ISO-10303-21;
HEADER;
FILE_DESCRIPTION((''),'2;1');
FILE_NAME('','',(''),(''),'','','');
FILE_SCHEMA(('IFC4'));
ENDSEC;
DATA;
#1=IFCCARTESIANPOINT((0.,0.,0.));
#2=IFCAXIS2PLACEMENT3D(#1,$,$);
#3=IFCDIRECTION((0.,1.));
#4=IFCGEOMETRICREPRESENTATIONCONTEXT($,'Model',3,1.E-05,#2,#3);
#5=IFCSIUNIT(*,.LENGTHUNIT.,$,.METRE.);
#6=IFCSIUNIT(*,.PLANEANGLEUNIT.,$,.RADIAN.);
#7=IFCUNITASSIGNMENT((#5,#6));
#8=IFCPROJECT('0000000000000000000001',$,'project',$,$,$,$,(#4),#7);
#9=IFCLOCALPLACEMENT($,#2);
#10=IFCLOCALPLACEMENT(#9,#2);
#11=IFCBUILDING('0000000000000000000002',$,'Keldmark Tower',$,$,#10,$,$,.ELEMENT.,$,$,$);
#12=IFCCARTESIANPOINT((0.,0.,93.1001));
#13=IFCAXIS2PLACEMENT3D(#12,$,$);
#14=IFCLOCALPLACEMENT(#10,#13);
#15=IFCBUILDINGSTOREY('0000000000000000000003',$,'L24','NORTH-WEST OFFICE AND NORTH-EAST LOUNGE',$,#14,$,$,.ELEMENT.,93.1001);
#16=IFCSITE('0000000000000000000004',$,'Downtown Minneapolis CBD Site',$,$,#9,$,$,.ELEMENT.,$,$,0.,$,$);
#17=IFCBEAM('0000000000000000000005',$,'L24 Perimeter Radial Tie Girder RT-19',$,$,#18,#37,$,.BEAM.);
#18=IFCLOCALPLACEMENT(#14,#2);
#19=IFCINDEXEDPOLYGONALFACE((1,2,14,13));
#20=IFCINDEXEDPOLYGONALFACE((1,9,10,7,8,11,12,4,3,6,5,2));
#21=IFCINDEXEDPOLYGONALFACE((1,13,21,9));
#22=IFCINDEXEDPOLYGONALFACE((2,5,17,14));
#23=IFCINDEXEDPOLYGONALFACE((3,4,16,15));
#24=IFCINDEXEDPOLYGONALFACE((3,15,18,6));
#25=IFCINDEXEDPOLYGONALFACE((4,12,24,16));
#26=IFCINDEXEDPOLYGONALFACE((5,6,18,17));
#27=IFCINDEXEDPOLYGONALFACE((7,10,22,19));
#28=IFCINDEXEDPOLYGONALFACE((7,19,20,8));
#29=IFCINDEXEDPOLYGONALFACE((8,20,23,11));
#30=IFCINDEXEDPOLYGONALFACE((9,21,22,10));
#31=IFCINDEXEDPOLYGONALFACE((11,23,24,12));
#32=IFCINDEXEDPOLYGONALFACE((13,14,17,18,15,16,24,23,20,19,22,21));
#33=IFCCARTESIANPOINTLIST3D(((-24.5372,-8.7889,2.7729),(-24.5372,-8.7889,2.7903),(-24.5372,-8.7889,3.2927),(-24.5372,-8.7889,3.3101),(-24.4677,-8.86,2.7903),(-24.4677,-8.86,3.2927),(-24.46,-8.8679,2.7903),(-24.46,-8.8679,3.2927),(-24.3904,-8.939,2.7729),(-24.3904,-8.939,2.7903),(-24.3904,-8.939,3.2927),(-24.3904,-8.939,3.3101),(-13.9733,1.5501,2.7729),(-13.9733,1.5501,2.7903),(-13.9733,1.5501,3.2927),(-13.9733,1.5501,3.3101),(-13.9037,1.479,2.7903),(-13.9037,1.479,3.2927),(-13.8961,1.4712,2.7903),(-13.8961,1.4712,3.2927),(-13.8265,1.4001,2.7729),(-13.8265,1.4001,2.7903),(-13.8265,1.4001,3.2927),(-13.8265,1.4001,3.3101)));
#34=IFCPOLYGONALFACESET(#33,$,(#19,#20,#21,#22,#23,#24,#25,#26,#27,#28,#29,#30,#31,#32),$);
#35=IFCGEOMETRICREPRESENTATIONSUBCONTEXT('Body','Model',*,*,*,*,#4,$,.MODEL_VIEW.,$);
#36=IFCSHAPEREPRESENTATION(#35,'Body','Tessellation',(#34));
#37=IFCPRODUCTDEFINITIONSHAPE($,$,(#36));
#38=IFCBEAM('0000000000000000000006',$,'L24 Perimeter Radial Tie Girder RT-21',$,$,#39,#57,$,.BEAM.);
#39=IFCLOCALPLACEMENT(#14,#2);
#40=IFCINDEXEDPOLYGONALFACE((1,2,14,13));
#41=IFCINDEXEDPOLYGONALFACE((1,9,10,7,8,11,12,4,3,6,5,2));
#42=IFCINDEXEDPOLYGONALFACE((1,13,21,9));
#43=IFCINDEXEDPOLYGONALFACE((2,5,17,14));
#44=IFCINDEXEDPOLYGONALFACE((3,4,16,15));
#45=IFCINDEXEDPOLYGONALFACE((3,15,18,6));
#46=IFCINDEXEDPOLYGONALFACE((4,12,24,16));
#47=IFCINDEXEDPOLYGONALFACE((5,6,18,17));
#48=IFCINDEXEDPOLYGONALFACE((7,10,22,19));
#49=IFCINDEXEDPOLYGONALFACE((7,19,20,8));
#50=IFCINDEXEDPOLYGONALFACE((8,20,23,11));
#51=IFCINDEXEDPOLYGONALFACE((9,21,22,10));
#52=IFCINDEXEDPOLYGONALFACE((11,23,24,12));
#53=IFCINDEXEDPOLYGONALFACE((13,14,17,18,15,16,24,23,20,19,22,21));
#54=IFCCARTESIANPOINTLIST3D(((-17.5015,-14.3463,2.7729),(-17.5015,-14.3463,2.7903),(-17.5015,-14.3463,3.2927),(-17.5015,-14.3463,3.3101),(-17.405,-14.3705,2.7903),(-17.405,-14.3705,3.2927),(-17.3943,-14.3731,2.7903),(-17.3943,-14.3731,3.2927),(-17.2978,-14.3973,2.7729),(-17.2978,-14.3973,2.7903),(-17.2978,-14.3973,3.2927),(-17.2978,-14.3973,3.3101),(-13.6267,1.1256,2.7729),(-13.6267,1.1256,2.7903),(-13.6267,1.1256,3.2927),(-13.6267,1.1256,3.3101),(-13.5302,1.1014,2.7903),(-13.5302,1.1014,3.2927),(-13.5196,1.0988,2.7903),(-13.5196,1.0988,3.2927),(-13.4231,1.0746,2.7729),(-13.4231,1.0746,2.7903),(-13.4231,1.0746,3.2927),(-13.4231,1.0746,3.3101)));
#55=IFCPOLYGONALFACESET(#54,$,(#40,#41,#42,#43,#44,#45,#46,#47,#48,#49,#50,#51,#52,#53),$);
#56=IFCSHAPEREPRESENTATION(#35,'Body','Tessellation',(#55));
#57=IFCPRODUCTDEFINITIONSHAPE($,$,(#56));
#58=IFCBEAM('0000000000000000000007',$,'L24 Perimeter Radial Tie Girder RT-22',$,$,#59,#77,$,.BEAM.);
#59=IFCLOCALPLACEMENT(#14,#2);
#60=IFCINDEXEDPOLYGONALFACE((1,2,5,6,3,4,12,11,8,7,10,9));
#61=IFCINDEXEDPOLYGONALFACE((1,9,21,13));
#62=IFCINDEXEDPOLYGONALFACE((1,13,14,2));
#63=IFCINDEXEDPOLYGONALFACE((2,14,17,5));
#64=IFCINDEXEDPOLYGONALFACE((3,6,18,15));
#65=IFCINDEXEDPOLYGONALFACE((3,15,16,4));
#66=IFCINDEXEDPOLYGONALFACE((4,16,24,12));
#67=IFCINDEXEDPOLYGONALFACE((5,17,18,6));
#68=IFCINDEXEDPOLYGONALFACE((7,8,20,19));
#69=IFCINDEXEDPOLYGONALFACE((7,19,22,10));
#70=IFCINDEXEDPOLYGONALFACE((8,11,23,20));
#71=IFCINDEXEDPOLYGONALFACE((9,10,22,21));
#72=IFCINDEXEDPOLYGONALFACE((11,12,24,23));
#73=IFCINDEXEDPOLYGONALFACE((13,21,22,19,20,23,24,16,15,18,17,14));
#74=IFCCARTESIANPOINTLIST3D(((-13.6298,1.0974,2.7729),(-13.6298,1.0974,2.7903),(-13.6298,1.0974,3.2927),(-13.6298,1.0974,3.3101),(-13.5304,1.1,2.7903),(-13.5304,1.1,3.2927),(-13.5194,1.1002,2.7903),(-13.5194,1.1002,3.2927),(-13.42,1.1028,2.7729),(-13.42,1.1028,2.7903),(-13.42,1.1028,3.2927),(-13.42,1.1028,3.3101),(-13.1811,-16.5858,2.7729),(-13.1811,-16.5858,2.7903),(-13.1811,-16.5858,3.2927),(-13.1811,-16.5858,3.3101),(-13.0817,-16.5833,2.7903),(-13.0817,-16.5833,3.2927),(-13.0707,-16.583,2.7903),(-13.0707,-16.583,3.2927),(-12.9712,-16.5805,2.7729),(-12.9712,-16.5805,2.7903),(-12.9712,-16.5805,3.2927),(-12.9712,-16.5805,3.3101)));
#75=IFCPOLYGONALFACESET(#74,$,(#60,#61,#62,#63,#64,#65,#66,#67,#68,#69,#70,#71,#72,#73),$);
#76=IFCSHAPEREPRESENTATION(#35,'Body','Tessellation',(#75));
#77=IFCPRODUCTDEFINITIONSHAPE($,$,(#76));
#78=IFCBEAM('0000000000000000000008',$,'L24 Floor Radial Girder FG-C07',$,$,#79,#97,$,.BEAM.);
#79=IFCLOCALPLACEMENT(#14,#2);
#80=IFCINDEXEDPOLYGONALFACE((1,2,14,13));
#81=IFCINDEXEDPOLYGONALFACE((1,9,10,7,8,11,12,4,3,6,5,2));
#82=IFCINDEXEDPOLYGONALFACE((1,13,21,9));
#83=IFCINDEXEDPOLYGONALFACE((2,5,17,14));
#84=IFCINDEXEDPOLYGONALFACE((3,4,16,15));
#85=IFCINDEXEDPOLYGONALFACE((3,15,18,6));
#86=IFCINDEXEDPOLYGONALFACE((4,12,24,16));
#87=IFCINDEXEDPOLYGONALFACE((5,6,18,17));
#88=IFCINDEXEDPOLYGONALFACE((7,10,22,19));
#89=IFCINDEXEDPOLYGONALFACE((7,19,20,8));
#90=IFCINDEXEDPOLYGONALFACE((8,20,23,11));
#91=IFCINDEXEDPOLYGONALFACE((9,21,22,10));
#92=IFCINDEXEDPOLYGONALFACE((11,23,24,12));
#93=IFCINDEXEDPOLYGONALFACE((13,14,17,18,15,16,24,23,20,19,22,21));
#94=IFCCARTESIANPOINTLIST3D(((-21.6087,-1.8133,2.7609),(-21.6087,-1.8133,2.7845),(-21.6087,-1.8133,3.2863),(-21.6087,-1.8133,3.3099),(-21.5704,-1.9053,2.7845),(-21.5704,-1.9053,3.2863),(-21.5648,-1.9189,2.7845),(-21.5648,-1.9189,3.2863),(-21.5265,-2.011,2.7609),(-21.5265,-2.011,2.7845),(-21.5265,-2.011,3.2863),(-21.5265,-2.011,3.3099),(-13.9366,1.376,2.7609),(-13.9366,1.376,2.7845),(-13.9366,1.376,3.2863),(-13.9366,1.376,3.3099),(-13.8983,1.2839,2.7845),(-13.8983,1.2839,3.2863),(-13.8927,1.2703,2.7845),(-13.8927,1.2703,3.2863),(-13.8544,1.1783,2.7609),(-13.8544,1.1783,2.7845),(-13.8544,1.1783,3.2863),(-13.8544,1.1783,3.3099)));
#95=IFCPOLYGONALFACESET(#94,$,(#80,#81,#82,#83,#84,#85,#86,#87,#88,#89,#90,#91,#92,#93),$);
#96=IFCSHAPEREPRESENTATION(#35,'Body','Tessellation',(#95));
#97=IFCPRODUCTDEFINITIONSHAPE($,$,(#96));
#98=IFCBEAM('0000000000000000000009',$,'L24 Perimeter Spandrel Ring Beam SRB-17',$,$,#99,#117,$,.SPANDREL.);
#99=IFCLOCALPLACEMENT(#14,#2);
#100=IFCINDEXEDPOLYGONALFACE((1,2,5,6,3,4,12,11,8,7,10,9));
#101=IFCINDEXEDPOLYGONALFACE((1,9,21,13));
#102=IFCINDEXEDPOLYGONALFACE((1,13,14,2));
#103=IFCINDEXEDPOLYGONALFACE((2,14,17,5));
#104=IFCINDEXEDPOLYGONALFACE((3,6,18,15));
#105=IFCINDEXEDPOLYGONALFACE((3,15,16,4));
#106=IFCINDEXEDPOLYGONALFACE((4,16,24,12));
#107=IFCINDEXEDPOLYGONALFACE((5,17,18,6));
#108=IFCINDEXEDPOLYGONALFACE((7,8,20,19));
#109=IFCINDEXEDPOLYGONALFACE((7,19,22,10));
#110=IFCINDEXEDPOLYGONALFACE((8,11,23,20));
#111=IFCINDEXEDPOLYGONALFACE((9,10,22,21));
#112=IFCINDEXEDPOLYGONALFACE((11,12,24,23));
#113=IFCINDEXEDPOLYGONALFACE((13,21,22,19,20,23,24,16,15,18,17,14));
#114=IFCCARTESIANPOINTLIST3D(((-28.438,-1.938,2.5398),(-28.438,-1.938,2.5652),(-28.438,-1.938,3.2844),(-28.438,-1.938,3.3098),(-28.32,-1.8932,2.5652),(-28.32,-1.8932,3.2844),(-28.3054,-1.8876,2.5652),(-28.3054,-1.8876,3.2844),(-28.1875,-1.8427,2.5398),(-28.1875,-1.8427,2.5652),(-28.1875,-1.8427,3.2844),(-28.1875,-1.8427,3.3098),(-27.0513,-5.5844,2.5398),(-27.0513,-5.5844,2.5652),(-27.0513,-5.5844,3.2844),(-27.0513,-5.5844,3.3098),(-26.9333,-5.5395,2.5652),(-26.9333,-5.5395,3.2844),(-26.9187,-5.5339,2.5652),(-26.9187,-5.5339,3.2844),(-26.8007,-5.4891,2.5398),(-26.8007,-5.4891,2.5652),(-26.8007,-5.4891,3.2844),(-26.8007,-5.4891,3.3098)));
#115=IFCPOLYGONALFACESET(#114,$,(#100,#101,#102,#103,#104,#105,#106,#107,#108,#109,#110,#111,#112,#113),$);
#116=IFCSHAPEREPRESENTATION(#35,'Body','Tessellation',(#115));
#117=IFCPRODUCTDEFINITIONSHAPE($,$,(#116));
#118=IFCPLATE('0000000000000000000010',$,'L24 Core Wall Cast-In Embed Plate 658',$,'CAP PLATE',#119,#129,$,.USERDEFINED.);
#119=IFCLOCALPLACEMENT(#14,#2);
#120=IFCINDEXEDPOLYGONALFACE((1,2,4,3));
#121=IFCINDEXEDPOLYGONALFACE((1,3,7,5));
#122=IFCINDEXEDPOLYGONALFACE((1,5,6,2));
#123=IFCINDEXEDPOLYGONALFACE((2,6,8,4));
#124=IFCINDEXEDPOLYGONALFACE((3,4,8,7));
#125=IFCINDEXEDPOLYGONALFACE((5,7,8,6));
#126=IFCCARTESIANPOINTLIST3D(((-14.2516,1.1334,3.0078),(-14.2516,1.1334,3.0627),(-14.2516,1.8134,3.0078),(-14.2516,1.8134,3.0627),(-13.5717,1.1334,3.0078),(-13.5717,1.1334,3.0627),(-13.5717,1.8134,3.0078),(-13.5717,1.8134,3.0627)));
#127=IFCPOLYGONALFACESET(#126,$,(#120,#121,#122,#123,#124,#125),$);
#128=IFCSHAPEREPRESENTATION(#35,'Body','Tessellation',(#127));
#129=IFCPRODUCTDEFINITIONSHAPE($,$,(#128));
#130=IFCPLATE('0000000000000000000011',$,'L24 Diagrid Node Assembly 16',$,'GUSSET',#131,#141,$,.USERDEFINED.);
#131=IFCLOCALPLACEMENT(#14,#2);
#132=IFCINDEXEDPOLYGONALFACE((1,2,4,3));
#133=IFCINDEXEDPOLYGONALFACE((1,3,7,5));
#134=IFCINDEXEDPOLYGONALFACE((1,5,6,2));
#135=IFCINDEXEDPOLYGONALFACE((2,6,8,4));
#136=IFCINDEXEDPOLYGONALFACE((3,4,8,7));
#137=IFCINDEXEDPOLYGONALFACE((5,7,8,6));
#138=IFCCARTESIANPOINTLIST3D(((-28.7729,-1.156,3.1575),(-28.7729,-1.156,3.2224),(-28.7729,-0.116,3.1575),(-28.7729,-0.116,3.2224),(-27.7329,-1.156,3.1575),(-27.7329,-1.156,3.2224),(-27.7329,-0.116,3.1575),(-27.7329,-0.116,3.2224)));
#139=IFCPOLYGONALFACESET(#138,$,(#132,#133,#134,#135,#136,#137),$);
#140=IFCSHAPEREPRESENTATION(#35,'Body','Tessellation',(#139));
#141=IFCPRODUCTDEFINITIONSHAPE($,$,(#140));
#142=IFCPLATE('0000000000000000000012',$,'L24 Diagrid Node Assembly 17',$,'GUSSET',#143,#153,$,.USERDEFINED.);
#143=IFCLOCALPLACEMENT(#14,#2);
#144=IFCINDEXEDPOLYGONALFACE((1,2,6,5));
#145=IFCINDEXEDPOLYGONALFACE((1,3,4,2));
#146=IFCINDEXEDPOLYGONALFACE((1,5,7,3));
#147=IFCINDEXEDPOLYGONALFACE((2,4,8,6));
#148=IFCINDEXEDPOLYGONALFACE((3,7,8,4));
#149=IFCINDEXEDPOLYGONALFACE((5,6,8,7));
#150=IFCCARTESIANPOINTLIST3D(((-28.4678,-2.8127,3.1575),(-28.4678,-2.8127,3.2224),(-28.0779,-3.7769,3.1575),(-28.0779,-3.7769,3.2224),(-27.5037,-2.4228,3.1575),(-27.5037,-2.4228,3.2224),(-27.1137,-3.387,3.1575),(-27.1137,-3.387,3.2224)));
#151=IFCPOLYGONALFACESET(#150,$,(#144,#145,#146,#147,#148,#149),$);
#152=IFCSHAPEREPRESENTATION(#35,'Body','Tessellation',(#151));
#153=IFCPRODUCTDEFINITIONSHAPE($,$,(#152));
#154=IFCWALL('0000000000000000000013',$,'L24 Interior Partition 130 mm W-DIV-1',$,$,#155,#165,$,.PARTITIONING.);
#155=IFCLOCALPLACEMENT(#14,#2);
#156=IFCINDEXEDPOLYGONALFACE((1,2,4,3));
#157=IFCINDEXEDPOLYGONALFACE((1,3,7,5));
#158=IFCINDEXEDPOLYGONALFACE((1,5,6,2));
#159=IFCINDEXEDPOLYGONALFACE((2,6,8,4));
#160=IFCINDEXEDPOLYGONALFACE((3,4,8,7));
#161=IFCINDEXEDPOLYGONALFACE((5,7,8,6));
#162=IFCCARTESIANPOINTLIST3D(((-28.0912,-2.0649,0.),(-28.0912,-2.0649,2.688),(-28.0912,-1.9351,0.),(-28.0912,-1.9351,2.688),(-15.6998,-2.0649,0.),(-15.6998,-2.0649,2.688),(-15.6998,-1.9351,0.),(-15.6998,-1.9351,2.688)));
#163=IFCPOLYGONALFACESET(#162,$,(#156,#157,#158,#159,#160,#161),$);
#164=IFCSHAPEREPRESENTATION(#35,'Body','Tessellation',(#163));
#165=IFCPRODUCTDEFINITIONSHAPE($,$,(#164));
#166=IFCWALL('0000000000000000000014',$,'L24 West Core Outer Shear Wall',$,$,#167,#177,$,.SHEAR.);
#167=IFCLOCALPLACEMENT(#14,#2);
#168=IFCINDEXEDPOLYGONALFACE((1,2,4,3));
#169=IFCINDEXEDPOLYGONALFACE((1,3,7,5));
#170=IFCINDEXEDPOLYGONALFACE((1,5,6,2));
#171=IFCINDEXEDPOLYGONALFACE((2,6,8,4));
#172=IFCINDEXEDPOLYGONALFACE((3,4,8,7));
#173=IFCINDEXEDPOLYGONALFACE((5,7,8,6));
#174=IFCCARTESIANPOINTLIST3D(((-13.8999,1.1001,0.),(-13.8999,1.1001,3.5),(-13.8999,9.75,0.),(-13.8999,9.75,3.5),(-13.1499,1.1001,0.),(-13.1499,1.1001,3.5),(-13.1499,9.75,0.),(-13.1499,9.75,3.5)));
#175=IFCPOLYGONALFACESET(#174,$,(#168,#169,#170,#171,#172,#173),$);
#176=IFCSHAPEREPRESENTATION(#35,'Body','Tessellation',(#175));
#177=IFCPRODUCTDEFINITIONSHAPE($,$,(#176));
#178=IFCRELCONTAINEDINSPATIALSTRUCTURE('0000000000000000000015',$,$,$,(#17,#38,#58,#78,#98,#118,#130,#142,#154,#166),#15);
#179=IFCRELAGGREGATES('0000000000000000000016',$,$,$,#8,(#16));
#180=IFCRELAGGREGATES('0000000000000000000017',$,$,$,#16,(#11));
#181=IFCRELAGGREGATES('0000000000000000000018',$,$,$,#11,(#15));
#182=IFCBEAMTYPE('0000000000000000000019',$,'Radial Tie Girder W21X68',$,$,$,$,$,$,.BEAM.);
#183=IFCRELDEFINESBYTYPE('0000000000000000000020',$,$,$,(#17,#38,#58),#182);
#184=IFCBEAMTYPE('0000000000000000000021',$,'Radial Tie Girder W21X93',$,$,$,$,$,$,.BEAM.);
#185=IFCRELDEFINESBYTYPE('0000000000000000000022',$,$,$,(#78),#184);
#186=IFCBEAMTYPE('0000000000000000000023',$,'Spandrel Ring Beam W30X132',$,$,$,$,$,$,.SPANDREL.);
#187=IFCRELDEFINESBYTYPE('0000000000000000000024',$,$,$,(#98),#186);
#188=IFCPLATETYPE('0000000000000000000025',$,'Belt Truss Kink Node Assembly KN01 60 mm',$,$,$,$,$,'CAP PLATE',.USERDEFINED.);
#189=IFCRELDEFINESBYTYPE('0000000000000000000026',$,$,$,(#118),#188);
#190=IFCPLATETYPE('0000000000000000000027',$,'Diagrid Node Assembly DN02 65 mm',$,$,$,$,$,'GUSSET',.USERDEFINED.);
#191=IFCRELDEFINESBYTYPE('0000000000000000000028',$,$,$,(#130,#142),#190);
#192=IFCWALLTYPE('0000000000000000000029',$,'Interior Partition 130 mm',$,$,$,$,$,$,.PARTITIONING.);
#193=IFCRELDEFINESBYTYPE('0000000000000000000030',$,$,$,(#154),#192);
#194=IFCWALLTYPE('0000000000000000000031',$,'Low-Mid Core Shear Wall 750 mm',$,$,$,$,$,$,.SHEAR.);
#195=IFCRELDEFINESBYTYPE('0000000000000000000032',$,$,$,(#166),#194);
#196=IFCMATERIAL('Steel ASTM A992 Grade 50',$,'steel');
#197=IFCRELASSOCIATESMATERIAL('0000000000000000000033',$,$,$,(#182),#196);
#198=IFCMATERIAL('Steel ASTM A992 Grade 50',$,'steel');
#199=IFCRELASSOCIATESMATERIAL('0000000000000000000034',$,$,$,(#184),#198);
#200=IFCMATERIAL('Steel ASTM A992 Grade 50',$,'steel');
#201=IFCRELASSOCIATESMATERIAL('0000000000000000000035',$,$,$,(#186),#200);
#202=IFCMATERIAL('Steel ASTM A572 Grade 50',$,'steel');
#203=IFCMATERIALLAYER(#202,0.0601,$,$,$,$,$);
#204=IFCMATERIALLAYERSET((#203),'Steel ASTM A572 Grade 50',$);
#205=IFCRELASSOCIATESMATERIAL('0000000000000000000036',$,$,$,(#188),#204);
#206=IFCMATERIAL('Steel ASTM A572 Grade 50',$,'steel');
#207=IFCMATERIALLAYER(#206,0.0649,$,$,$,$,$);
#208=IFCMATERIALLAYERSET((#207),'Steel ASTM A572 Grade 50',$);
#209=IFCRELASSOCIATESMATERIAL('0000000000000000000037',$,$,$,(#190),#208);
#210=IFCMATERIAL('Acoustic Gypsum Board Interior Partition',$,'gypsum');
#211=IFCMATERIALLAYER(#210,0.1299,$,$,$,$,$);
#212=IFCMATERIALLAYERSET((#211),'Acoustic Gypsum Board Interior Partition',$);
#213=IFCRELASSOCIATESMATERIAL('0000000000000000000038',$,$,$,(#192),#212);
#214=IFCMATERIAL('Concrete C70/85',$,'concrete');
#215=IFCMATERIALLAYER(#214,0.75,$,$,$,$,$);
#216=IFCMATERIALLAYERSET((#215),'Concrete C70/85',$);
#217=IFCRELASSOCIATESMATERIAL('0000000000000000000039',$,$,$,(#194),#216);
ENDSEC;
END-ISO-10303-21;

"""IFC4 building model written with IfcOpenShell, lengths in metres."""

from ifc_helpers import new_model, si_unit, direction, frame, frame_2d, origin, origin_2d, place, context, subcontext, project, spatial, rectangle, i_section, extrude, material, layer, layer_set, material_profile, profile_set, type_object, element, save


model = new_model("IFC4")

# Units and contexts
model_context = context("Model", 3, precision=1e-05, world=origin(), true_north=direction((0.0, 1.0)))
body_context = subcontext(model_context, "Body", "Model", "MODEL_VIEW")
ifc_project = project(units=[si_unit("LENGTHUNIT", "METRE"), si_unit("PLANEANGLEUNIT", "RADIAN")], contexts=[model_context])

# Site, building, storey
site_placement = place(None, origin())
site = spatial("IfcSite", under=ifc_project, at=site_placement, Name="Downtown Minneapolis CBD Site", CompositionType="ELEMENT", RefElevation=0.0)
building_placement = place(site_placement, origin())
building = spatial("IfcBuilding", under=site, at=building_placement, Name="Keldmark Tower", CompositionType="ELEMENT")
storey_placement = place(building_placement, frame((0.0, 0.0, 93.1001)))
storey = spatial("IfcBuildingStorey", under=building, at=storey_placement, Name="L24", Description="NORTH-WEST OFFICE AND NORTH-EAST LOUNGE", CompositionType="ELEMENT", Elevation=93.1001)

# Beams
ifc_material_1 = material(Name="Steel ASTM A992 Grade 50", Category="steel")
ifc_material_profile_1 = material_profile(ifc_material_1, i_section(OverallWidth=0.21, OverallDepth=0.5371, WebThickness=0.011, FlangeThickness=0.0173, at=origin_2d()), Name="W21X68")
ifc_profile_set_1 = profile_set([ifc_material_profile_1], Name="Steel ASTM A992 Grade 50")
beam_type_1 = type_object("IfcBeamType", Name="Radial Tie Girder W21X68", PredefinedType="BEAM", material=ifc_profile_set_1)
beam_1_placement = place(storey_placement, frame((-13.8999, 1.4751, 3.0415), z_axis=(-0.714672, -0.69946, 0.0), x_axis=(0.69946, -0.714672, 0.0)))
element("IfcBeam", 1, at=beam_1_placement, inside=storey, type_object=beam_type_1, Name="L24 Perimeter Radial Tie Girder RT-19", PredefinedType="BEAM", context=body_context, shape_type="SweptSolid", body=[
    extrude(i_section(OverallWidth=0.21, OverallDepth=0.5371, WebThickness=0.011, FlangeThickness=0.0173, at=origin_2d()), origin(), (0.0, 0.0, 1.0), 14.7815),
])
beam_2_placement = place(storey_placement, frame((-13.5249, 1.1001, 3.0415), z_axis=(-0.242935, -0.970042, 0.0), x_axis=(0.970042, -0.242935, 0.0)))
element("IfcBeam", 2, at=beam_2_placement, inside=storey, type_object=beam_type_1, Name="L24 Perimeter Radial Tie Girder RT-21", PredefinedType="BEAM", context=body_context, shape_type="SweptSolid", body=[
    extrude(i_section(OverallWidth=0.21, OverallDepth=0.5371, WebThickness=0.011, FlangeThickness=0.0173, at=origin_2d()), origin(), (0.0, 0.0, 1.0), 15.9497),
])
beam_3_placement = place(storey_placement, frame((-13.5249, 1.1001, 3.0415), z_axis=(0.025368, -0.999678, 0.0), x_axis=(0.999678, 0.025368, 0.0)))
element("IfcBeam", 3, at=beam_3_placement, inside=storey, type_object=beam_type_1, Name="L24 Perimeter Radial Tie Girder RT-22", PredefinedType="BEAM", context=body_context, shape_type="SweptSolid", body=[
    extrude(i_section(OverallWidth=0.21, OverallDepth=0.5371, WebThickness=0.011, FlangeThickness=0.0173, at=origin_2d()), origin(), (0.0, 0.0, 1.0), 17.689),
])
ifc_material_2 = material(Name="Steel ASTM A992 Grade 50", Category="steel")
ifc_material_profile_2 = material_profile(ifc_material_2, i_section(OverallWidth=0.2141, OverallDepth=0.5491, WebThickness=0.0146, FlangeThickness=0.0237, at=origin_2d()), Name="W21X93")
ifc_profile_set_2 = profile_set([ifc_material_profile_2], Name="Steel ASTM A992 Grade 50")
beam_type_2 = type_object("IfcBeamType", Name="Radial Tie Girder W21X93", PredefinedType="BEAM", material=ifc_profile_set_2)
beam_4_placement = place(storey_placement, frame((-21.5676, -1.9121, 3.0354), z_axis=(0.923397, 0.383845, 0.0), x_axis=(-0.383845, 0.923397, 0.0)))
element("IfcBeam", 4, at=beam_4_placement, inside=storey, type_object=beam_type_2, Name="L24 Floor Radial Girder FG-C07", PredefinedType="BEAM", context=body_context, shape_type="SweptSolid", body=[
    extrude(i_section(OverallWidth=0.2141, OverallDepth=0.5491, WebThickness=0.0146, FlangeThickness=0.0237, at=origin_2d()), origin(), (0.0, 0.0, 1.0), 8.3086),
])
ifc_material_3 = material(Name="Steel ASTM A992 Grade 50", Category="steel")
ifc_material_profile_3 = material_profile(ifc_material_3, i_section(OverallWidth=0.2681, OverallDepth=0.77, WebThickness=0.0156, FlangeThickness=0.0254, at=origin_2d()), Name="W30X132")
ifc_profile_set_3 = profile_set([ifc_material_profile_3], Name="Steel ASTM A992 Grade 50")
beam_type_3 = type_object("IfcBeamType", Name="Spandrel Ring Beam W30X132", PredefinedType="SPANDREL", material=ifc_profile_set_3)
beam_5_placement = place(storey_placement, frame((-28.3127, -1.8904, 2.9248), z_axis=(0.355475, -0.934686, 0.0), x_axis=(0.934686, 0.355475, 0.0)))
element("IfcBeam", 5, at=beam_5_placement, inside=storey, type_object=beam_type_3, Name="L24 Perimeter Spandrel Ring Beam SRB-17", PredefinedType="SPANDREL", context=body_context, shape_type="SweptSolid", body=[
    extrude(i_section(OverallWidth=0.2681, OverallDepth=0.77, WebThickness=0.0156, FlangeThickness=0.0254, at=origin_2d()), origin(), (0.0, 0.0, 1.0), 3.9011),
])

# Plates
ifc_material_4 = material(Name="Steel ASTM A572 Grade 50", Category="steel")
ifc_layer_1 = layer(ifc_material_4, 0.0601)
ifc_layer_set_1 = layer_set([ifc_layer_1], Name="Steel ASTM A572 Grade 50")
plate_type_1 = type_object("IfcPlateType", Name="Belt Truss Kink Node Assembly KN01 60 mm", ElementType="CAP PLATE", PredefinedType="USERDEFINED", material=ifc_layer_set_1)
plate_placement = place(storey_placement, frame((-13.9116, 1.4734, 3.0078), z_axis=(0.0, 0.0, 1.0), x_axis=(1.0, 0.0, 0.0)))
element("IfcPlate", 6, at=plate_placement, inside=storey, type_object=plate_type_1, Name="L24 Core Wall Cast-In Embed Plate 658", ObjectType="CAP PLATE", PredefinedType="USERDEFINED", context=body_context, shape_type="SweptSolid", body=[
    extrude(rectangle(XDim=0.6799, YDim=0.6799, at=origin_2d()), origin(), (0.0, 0.0, 1.0), 0.0549),
])
ifc_material_5 = material(Name="Steel ASTM A572 Grade 50", Category="steel")
ifc_layer_2 = layer(ifc_material_5, 0.0649)
ifc_layer_set_2 = layer_set([ifc_layer_2], Name="Steel ASTM A572 Grade 50")
plate_type_2 = type_object("IfcPlateType", Name="Diagrid Node Assembly DN02 65 mm", ElementType="GUSSET", PredefinedType="USERDEFINED", material=ifc_layer_set_2)
for number, where, z_axis, x_axis, name in (
    (7, (-28.2529, -0.636, 3.1575), (0.0, 0.0, 1.0), (0.0, -1.0, 0.0), "L24 Diagrid Node Assembly 16"),
    (8, (-27.7908, -3.0999, 3.1575), (0.0, 0.0, 1.0), (0.37493, -0.927053, 0.0), "L24 Diagrid Node Assembly 17"),
):
    element("IfcPlate", number, at=place(storey_placement, frame(where, z_axis=z_axis, x_axis=x_axis)), inside=storey, type_object=plate_type_2, Name=name, ObjectType="GUSSET", PredefinedType="USERDEFINED", context=body_context, shape_type="SweptSolid", body=[
        extrude(rectangle(XDim=1.04, YDim=1.04, at=origin_2d()), origin(), (0.0, 0.0, 1.0), 0.0649),
    ])

# Walls
ifc_material_6 = material(Name="Acoustic Gypsum Board Interior Partition", Category="gypsum")
ifc_layer_3 = layer(ifc_material_6, 0.1299)
ifc_layer_set_3 = layer_set([ifc_layer_3], Name="Acoustic Gypsum Board Interior Partition")
wall_type_1 = type_object("IfcWallType", Name="Interior Partition 130 mm", PredefinedType="PARTITIONING", material=ifc_layer_set_3)
wall_1_placement = place(storey_placement, frame((-28.0913, -2.0, 0.0), z_axis=(0.0, 0.0, 1.0), x_axis=(1.0, 0.0, 0.0)))
element("IfcWall", 9, at=wall_1_placement, inside=storey, type_object=wall_type_1, Name="L24 Interior Partition 130 mm W-DIV-1", PredefinedType="PARTITIONING", context=body_context, shape_type="SweptSolid", body=[
    extrude(rectangle(XDim=12.3914, YDim=0.1299, at=frame_2d((6.1958, 0.0))), origin(), (0.0, 0.0, 1.0), 2.688),
])
ifc_material_7 = material(Name="Concrete C70/85", Category="concrete")
ifc_layer_4 = layer(ifc_material_7, 0.75)
ifc_layer_set_4 = layer_set([ifc_layer_4], Name="Concrete C70/85")
wall_type_2 = type_object("IfcWallType", Name="Low-Mid Core Shear Wall 750 mm", PredefinedType="SHEAR", material=ifc_layer_set_4)
wall_2_placement = place(storey_placement, frame((-13.5249, 1.1001, 0.0), z_axis=(0.0, 0.0, 1.0), x_axis=(0.0, 1.0, 0.0)))
element("IfcWall", 10, at=wall_2_placement, inside=storey, type_object=wall_type_2, Name="L24 West Core Outer Shear Wall", PredefinedType="SHEAR", context=body_context, shape_type="SweptSolid", body=[
    extrude(rectangle(XDim=8.6499, YDim=0.75, at=frame_2d((4.325, 0.0))), origin(), (0.0, 0.0, 1.0), 3.5),
])

save(model, "model.ifc")
